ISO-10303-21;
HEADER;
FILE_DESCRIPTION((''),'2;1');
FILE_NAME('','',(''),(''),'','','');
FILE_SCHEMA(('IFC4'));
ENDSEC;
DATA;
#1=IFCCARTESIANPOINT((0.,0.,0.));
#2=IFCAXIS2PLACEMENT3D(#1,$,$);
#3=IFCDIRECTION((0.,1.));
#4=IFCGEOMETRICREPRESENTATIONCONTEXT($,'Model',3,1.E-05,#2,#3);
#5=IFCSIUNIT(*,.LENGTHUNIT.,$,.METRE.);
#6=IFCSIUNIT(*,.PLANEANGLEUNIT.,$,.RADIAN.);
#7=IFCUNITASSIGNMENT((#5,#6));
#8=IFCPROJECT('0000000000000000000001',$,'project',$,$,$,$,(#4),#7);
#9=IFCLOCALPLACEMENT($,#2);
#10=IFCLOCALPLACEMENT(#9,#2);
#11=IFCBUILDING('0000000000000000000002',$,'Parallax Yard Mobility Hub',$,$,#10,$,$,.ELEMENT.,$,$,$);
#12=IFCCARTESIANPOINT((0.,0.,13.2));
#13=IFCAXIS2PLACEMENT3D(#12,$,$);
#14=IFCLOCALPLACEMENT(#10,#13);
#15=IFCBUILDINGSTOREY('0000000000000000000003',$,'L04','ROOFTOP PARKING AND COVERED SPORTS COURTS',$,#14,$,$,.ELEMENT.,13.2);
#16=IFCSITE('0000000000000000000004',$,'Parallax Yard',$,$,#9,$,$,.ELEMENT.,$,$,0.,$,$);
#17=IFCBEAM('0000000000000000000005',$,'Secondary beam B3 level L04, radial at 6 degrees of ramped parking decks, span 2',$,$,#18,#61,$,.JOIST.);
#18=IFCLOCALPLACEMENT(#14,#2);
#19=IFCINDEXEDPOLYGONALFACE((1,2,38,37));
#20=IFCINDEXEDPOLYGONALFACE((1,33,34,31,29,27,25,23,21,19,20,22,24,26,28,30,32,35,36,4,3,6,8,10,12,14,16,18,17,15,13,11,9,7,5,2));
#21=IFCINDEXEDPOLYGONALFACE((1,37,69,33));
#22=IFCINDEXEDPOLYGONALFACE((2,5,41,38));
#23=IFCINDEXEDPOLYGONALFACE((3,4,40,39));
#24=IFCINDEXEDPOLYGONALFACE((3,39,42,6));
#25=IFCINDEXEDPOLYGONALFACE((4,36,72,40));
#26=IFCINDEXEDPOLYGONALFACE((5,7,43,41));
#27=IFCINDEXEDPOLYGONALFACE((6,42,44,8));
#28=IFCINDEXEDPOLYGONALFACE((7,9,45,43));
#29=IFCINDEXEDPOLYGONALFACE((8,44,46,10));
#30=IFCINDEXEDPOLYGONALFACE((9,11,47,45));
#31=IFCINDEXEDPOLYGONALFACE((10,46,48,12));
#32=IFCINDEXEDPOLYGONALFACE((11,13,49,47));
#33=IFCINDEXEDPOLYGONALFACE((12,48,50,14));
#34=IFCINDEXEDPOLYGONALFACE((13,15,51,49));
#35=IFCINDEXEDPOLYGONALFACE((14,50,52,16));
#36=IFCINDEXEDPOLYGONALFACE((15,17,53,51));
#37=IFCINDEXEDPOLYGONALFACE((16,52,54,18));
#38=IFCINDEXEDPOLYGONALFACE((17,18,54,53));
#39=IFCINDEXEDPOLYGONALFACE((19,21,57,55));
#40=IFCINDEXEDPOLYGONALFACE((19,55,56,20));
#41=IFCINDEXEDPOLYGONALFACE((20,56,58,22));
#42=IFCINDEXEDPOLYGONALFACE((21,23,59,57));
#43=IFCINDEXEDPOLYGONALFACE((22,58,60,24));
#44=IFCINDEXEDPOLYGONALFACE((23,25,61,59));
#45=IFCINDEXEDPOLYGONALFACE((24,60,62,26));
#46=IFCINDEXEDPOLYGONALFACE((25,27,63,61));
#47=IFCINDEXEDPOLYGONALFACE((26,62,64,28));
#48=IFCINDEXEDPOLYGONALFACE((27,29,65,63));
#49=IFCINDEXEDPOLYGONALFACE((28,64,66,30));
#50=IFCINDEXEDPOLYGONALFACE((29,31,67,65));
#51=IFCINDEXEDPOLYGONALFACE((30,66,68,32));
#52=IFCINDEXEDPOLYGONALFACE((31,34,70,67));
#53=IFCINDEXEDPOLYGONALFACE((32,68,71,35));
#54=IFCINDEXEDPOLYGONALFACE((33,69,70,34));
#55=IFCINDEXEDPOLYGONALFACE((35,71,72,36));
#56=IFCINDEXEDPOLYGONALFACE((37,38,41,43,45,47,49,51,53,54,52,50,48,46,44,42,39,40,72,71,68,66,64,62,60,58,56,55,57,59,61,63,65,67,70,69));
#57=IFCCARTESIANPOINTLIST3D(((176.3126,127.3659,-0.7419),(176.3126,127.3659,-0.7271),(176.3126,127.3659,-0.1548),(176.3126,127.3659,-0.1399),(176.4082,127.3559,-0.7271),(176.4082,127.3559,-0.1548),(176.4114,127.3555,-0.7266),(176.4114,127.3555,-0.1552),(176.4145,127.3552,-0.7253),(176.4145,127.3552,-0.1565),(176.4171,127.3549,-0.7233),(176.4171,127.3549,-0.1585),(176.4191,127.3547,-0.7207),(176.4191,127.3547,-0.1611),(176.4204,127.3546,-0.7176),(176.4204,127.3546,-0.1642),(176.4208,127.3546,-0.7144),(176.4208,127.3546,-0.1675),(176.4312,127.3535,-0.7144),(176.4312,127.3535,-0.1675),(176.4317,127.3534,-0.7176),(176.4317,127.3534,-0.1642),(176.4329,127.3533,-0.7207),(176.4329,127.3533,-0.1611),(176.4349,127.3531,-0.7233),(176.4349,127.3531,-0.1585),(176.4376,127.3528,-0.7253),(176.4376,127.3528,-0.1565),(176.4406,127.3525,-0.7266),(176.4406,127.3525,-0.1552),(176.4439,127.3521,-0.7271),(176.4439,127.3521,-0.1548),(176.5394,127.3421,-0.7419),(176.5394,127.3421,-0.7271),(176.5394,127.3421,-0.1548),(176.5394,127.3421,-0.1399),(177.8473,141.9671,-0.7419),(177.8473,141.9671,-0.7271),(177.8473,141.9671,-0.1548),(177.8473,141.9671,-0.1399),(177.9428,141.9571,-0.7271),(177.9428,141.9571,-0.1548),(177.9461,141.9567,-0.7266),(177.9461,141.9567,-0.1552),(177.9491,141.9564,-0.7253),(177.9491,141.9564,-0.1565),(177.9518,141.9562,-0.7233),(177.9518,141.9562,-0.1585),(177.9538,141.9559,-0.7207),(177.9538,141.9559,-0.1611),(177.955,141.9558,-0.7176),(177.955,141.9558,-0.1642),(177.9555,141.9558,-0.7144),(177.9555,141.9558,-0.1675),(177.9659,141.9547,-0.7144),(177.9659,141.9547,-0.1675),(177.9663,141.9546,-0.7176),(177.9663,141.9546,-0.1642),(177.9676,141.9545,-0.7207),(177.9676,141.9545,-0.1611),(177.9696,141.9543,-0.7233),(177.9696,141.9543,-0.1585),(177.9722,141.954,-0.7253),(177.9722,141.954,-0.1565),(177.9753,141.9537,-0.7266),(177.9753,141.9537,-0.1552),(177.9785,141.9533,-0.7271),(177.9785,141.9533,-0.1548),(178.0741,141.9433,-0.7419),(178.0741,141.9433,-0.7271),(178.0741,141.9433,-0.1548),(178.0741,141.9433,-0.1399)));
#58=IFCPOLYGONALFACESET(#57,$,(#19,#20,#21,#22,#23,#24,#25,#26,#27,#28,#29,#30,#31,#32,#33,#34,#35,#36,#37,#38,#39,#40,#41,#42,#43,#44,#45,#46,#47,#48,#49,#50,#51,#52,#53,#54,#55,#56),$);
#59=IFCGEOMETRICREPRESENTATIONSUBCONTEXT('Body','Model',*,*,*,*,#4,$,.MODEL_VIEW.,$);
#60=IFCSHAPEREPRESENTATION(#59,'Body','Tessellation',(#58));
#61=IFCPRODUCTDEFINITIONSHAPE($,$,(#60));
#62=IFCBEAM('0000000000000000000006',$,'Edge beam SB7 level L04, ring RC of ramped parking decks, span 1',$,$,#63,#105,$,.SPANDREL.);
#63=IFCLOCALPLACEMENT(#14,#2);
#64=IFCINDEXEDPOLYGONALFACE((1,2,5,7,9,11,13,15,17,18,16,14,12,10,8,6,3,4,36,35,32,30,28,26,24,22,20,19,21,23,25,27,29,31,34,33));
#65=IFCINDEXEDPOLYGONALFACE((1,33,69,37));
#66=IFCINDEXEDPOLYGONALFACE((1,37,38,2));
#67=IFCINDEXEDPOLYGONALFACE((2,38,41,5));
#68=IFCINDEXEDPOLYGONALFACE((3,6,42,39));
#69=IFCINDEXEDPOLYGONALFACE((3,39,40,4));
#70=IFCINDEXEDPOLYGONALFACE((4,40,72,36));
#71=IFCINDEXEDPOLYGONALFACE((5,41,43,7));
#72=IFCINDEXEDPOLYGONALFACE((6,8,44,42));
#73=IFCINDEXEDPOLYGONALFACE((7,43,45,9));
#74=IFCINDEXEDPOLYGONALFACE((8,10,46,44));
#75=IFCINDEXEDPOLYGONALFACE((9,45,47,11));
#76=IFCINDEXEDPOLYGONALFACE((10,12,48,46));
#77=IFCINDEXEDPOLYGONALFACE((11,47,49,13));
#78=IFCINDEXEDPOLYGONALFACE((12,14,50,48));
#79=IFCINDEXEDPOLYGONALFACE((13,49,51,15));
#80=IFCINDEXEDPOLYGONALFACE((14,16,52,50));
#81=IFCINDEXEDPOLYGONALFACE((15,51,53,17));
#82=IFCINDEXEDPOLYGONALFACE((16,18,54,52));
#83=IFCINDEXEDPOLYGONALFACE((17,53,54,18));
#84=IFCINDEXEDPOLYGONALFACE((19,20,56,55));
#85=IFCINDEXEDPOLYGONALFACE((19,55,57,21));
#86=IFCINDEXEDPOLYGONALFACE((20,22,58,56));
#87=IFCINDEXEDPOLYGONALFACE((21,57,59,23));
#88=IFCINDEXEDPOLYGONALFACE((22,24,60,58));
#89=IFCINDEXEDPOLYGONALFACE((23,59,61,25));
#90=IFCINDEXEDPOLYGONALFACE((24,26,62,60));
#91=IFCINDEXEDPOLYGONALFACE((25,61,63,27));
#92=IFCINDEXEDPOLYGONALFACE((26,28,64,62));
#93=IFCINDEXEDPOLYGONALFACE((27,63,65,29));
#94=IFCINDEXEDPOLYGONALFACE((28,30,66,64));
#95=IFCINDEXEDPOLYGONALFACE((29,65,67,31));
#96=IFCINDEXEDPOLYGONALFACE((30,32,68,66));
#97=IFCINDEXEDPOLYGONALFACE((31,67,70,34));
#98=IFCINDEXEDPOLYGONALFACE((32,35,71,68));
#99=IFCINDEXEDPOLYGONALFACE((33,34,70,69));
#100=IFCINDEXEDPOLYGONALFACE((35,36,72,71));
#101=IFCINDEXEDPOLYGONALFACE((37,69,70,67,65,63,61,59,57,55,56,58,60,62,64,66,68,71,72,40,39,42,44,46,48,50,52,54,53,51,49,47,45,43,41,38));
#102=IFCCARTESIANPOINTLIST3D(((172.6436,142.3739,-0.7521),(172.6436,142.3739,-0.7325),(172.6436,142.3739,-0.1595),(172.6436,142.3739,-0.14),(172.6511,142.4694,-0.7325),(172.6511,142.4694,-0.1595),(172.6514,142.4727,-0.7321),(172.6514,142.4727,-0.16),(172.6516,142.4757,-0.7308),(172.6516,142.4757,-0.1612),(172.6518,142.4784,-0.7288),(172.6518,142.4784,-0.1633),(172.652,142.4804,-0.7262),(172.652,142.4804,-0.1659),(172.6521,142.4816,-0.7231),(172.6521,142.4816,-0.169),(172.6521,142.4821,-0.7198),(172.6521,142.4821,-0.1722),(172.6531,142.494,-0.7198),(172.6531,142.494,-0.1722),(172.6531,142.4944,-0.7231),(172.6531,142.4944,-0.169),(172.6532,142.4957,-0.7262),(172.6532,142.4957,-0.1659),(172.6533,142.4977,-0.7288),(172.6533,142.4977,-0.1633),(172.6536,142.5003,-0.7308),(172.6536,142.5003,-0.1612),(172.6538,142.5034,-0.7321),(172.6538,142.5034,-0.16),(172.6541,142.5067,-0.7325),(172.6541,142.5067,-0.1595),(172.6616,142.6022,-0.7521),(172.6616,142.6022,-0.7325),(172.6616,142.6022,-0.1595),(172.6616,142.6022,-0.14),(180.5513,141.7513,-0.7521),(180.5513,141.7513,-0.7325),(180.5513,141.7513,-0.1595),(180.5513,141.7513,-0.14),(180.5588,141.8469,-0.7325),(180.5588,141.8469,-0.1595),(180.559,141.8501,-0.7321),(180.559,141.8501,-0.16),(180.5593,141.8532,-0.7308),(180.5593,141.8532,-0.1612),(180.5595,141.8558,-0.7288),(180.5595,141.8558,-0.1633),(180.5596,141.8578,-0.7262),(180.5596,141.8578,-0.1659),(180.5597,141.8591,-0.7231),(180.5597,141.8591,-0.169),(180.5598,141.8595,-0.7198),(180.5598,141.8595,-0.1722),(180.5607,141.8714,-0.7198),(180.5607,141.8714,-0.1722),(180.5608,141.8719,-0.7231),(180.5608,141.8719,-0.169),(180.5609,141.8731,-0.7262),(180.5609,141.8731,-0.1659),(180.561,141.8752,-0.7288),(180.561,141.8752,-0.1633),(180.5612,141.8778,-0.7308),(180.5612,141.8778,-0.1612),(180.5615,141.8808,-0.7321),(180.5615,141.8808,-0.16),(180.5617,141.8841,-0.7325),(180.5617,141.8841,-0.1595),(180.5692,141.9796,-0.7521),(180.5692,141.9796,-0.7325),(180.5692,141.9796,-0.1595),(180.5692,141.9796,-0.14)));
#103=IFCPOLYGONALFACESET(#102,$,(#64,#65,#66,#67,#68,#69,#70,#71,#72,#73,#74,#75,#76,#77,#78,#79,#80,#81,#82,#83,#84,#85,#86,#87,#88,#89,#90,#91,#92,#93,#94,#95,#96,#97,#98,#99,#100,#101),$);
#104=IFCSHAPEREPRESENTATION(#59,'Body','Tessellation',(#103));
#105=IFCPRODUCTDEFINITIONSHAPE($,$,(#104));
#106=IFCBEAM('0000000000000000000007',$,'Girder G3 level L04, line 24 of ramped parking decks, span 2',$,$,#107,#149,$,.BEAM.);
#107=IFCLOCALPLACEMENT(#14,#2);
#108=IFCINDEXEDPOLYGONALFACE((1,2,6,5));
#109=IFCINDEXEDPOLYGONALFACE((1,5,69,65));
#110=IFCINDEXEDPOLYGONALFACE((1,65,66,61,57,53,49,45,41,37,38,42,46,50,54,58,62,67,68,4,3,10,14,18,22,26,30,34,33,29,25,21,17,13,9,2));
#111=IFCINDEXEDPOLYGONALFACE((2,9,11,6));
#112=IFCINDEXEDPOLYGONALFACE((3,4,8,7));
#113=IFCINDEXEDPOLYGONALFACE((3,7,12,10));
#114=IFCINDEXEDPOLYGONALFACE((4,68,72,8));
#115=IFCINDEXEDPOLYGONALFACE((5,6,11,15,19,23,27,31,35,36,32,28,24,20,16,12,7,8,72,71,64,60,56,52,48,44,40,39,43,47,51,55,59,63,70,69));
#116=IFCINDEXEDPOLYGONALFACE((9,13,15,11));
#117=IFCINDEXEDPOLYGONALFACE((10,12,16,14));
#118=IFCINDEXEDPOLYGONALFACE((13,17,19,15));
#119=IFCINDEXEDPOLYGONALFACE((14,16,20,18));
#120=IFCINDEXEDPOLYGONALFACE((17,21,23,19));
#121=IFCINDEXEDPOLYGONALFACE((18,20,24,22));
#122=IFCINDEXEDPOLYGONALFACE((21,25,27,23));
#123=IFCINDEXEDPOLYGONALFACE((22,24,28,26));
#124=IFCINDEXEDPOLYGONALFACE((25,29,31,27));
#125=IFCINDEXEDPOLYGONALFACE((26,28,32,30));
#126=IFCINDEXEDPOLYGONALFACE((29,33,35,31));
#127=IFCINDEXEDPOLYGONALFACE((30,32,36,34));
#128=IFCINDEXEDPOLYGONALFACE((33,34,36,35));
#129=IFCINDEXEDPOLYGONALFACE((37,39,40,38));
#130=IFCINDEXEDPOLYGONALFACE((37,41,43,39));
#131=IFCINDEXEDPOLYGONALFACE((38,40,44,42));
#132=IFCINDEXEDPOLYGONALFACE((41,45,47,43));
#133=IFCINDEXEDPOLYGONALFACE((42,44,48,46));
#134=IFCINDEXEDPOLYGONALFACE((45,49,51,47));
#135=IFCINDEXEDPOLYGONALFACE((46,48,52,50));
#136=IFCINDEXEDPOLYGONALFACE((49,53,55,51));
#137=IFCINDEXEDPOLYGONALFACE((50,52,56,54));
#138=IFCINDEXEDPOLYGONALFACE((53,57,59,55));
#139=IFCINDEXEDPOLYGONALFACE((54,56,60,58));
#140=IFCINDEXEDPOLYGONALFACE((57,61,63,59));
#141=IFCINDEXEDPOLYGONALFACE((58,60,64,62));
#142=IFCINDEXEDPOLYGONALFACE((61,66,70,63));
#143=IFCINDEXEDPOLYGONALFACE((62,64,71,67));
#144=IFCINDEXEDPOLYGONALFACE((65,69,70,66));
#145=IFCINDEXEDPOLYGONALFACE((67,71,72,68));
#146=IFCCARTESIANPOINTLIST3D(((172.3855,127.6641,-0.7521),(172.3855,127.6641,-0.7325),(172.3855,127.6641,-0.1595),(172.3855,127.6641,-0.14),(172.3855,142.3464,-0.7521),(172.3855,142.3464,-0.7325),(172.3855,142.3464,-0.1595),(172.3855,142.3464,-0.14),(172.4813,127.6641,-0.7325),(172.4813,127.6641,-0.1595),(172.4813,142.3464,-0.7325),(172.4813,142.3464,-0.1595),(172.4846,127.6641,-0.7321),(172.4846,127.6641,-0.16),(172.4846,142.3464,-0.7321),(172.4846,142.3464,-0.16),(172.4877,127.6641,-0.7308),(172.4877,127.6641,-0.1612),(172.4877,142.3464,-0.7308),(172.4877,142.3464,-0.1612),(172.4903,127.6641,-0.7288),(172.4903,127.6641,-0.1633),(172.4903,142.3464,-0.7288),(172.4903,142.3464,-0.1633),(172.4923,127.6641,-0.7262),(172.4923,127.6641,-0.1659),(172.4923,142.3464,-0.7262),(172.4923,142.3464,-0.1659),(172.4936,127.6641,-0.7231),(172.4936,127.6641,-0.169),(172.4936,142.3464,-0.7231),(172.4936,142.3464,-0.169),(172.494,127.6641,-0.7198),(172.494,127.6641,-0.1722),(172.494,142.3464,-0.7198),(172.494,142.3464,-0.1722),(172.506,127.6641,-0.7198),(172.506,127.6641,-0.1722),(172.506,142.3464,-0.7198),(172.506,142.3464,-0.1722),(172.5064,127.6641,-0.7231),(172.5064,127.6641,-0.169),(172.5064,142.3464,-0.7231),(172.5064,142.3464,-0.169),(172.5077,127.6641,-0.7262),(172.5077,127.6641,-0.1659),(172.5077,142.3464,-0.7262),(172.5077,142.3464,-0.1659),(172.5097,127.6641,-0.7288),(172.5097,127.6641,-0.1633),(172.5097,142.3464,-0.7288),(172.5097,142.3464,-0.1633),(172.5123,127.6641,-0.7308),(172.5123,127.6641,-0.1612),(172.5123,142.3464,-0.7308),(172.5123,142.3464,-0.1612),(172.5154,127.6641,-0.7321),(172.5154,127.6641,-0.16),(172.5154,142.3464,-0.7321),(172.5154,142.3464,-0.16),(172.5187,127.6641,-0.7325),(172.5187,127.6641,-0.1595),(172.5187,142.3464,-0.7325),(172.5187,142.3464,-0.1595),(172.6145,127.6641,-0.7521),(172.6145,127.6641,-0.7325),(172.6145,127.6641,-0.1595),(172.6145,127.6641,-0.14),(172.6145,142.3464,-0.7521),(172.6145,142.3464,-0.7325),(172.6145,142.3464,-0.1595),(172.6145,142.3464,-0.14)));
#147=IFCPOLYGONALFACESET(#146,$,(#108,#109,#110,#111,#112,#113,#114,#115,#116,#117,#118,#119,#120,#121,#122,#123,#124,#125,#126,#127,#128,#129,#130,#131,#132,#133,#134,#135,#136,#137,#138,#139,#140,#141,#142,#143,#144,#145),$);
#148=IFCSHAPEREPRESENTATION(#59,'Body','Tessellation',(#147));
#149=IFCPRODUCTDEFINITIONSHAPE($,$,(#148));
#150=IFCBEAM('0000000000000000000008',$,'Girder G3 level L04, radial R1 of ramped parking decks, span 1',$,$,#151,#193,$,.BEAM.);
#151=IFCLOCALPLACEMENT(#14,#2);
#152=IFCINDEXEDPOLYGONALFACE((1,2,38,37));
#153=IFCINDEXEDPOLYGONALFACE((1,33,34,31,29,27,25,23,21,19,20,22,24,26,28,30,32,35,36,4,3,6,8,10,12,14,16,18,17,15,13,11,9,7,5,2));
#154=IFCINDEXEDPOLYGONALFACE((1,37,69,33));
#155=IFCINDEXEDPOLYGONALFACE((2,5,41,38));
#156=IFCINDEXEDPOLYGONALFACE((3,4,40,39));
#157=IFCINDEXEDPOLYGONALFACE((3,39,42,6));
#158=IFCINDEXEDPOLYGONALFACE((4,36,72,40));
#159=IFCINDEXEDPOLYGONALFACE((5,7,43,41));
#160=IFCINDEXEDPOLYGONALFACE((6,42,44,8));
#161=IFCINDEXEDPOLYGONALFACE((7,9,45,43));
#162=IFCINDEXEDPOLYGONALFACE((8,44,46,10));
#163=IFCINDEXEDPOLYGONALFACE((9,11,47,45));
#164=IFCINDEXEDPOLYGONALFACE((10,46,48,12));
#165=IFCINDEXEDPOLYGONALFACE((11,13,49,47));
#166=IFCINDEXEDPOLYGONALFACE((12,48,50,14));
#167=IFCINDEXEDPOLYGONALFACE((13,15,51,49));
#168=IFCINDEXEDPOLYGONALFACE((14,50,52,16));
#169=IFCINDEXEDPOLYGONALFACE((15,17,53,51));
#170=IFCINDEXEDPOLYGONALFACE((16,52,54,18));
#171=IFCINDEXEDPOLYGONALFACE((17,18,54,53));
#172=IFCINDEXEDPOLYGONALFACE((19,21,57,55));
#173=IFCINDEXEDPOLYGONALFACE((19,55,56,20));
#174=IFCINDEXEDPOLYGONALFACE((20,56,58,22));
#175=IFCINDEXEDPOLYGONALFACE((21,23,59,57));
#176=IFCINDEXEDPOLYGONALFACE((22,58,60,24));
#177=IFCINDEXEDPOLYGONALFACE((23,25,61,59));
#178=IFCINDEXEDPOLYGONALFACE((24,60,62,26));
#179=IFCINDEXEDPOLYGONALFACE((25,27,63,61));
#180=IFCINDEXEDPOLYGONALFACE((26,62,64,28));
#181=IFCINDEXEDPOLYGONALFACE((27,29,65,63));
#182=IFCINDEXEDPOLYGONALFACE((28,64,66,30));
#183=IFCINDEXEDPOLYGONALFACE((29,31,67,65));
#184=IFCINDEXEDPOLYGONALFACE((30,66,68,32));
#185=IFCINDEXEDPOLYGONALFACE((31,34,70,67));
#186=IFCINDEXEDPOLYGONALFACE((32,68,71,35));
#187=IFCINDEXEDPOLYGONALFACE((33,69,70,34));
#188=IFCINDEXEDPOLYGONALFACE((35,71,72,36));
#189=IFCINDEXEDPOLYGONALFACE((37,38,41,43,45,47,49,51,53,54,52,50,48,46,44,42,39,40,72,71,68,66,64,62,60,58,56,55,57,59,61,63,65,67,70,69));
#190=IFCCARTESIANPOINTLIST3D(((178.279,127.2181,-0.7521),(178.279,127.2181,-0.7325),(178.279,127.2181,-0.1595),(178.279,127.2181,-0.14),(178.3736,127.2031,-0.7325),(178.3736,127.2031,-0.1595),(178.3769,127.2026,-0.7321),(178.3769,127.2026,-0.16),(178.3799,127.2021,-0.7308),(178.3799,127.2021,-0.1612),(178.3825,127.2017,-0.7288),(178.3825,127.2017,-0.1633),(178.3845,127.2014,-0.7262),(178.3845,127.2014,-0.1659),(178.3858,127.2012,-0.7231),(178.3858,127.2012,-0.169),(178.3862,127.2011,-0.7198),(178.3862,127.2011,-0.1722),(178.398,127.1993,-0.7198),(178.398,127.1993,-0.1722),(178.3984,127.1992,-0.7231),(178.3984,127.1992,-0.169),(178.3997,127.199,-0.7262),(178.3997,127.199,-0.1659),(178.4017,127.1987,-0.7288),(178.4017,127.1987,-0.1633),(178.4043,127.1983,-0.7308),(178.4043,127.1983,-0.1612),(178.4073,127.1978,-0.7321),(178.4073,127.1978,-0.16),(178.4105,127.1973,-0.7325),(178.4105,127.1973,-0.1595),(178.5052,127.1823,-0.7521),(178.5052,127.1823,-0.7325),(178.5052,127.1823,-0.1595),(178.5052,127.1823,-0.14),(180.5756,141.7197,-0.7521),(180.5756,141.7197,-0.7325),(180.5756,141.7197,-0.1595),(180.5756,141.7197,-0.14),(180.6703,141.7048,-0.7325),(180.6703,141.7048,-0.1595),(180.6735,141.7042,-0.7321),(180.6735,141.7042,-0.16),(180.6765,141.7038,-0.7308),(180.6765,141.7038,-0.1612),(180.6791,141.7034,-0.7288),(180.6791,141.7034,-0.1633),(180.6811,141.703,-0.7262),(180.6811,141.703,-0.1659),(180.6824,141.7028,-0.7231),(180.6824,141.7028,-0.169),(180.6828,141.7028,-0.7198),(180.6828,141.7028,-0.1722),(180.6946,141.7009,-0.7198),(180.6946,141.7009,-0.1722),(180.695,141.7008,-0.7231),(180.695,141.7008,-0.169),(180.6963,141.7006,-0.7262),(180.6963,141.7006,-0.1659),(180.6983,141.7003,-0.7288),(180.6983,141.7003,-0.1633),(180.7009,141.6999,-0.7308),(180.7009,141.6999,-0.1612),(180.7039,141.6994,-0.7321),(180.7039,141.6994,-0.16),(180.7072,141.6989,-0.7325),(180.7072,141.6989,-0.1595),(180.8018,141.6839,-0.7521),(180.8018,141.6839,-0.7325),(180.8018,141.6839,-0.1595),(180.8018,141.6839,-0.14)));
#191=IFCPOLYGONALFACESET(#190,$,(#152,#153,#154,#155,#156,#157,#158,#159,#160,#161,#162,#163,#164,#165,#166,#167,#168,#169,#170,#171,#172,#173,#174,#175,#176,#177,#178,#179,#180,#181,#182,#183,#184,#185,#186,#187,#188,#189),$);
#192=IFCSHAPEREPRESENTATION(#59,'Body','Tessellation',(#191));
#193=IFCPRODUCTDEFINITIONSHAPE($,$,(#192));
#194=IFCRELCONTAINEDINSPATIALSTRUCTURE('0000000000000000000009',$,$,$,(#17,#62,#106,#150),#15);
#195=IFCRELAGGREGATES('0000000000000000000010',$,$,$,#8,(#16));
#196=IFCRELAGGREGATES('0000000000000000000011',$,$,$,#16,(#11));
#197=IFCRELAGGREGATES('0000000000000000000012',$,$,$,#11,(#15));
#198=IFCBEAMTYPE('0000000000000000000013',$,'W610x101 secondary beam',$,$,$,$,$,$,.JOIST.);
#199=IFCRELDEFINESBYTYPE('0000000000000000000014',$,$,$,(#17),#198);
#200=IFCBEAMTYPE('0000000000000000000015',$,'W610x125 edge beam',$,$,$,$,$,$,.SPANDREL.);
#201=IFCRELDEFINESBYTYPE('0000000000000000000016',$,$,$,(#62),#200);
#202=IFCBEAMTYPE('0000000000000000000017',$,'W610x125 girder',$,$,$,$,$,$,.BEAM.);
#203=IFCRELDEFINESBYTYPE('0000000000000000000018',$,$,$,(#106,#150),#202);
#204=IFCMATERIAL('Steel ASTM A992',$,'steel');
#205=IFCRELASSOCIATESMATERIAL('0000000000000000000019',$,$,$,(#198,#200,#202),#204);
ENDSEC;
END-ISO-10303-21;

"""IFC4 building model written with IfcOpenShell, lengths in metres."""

from ifc_helpers import new_model, si_unit, direction, frame, origin, origin_2d, place, context, subcontext, project, spatial, i_section, extrude, material, material_profile, profile_set, type_object, element, save


model = new_model("IFC4")

# Units and contexts
model_context = context("Model", 3, precision=1e-05, world=origin(), true_north=direction((0.0, 1.0)))
body_context = subcontext(model_context, "Body", "Model", "MODEL_VIEW")
ifc_project = project(units=[si_unit("LENGTHUNIT", "METRE"), si_unit("PLANEANGLEUNIT", "RADIAN")], contexts=[model_context])

# Site, building, storey
site_placement = place(None, origin())
site = spatial("IfcSite", under=ifc_project, at=site_placement, Name="Parallax Yard", CompositionType="ELEMENT", RefElevation=0.0)
building_placement = place(site_placement, origin())
building = spatial("IfcBuilding", under=site, at=building_placement, Name="Parallax Yard Mobility Hub", CompositionType="ELEMENT")
storey_placement = place(building_placement, frame((0.0, 0.0, 13.2)))
storey = spatial("IfcBuildingStorey", under=building, at=storey_placement, Name="L04", Description="ROOFTOP PARKING AND COVERED SPORTS COURTS", CompositionType="ELEMENT", Elevation=13.2)

# Shared definitions
ifc_material_1 = material(Name="Steel ASTM A992", Category="steel")

# Beams
ifc_material_profile_1 = material_profile(ifc_material_1, i_section(OverallWidth=0.228, OverallDepth=0.6021, WebThickness=0.0105, FlangeThickness=0.0149, FilletRadius=0.0127, at=origin_2d()), Name="W610x101")
ifc_profile_set_1 = profile_set([ifc_material_profile_1], Name="Steel ASTM A992")
beam_type_1 = type_object("IfcBeamType", Name="W610x101 secondary beam", PredefinedType="JOIST", material=ifc_profile_set_1)
for number, where, z_axis, x_axis, name in (
    (1, (176.426, 127.354, -0.4409), (0.104529, 0.994522, 0.0), (-0.994522, 0.104529, 0.0), "Secondary beam B3 level L04, radial at 6 degrees of ramped parking decks, span 2"),
):
    element("IfcBeam", number, at=place(storey_placement, frame(where, z_axis=z_axis, x_axis=x_axis)), inside=storey, type_object=beam_type_1, Name=name, PredefinedType="JOIST", context=body_context, shape_type="SweptSolid", body=[
        extrude(i_section(OverallWidth=0.228, OverallDepth=0.6021, WebThickness=0.0105, FlangeThickness=0.0149, FilletRadius=0.0127, at=origin_2d()), origin(), (0.0, 0.0, 1.0), 14.6816),
    ])
ifc_material_profile_2 = material_profile(ifc_material_1, i_section(OverallWidth=0.229, OverallDepth=0.6121, WebThickness=0.012, FlangeThickness=0.0195, FilletRadius=0.0127, at=origin_2d()), Name="W610x125")
ifc_profile_set_2 = profile_set([ifc_material_profile_2], Name="Steel ASTM A992")
beam_type_2 = type_object("IfcBeamType", Name="W610x125 edge beam", PredefinedType="SPANDREL", material=ifc_profile_set_2)
beam_1_placement = place(storey_placement, frame((172.6526, 142.488, -0.446), z_axis=(0.996915, -0.078485, 0.0), x_axis=(0.078485, 0.996915, 0.0)))
element("IfcBeam", 2, at=beam_1_placement, inside=storey, type_object=beam_type_2, Name="Edge beam SB7 level L04, ring RC of ramped parking decks, span 1", PredefinedType="SPANDREL", context=body_context, shape_type="SweptSolid", body=[
    extrude(i_section(OverallWidth=0.229, OverallDepth=0.6121, WebThickness=0.012, FlangeThickness=0.0195, FilletRadius=0.0127, at=origin_2d()), origin(), (0.0, 0.0, 1.0), 7.9321),
])
ifc_material_profile_3 = material_profile(ifc_material_1, i_section(OverallWidth=0.229, OverallDepth=0.6121, WebThickness=0.012, FlangeThickness=0.0195, FilletRadius=0.0127, at=origin_2d()), Name="W610x125")
ifc_profile_set_3 = profile_set([ifc_material_profile_3], Name="Steel ASTM A992")
beam_type_3 = type_object("IfcBeamType", Name="W610x125 girder", PredefinedType="BEAM", material=ifc_profile_set_3)
for number, where, z_axis, x_axis, name in (
    (3, (172.5, 127.6641, -0.446), (0.0, 1.0, 0.0), (-1.0, 0.0, 0.0), "Girder G3 level L04, line 24 of ramped parking decks, span 2"),
    (4, (178.3921, 127.2002, -0.446), (0.15642, 0.987691, 0.0), (-0.987691, 0.15642, 0.0), "Girder G3 level L04, radial R1 of ramped parking decks, span 1"),
):
    element("IfcBeam", number, at=place(storey_placement, frame(where, z_axis=z_axis, x_axis=x_axis)), inside=storey, type_object=beam_type_3, Name=name, PredefinedType="BEAM", context=body_context, shape_type="SweptSolid", body=[
        extrude(i_section(OverallWidth=0.229, OverallDepth=0.6121, WebThickness=0.012, FlangeThickness=0.0195, FilletRadius=0.0127, at=origin_2d()), origin(), (0.0, 0.0, 1.0), 14.6824),
    ])

save(model, "model.ifc")
